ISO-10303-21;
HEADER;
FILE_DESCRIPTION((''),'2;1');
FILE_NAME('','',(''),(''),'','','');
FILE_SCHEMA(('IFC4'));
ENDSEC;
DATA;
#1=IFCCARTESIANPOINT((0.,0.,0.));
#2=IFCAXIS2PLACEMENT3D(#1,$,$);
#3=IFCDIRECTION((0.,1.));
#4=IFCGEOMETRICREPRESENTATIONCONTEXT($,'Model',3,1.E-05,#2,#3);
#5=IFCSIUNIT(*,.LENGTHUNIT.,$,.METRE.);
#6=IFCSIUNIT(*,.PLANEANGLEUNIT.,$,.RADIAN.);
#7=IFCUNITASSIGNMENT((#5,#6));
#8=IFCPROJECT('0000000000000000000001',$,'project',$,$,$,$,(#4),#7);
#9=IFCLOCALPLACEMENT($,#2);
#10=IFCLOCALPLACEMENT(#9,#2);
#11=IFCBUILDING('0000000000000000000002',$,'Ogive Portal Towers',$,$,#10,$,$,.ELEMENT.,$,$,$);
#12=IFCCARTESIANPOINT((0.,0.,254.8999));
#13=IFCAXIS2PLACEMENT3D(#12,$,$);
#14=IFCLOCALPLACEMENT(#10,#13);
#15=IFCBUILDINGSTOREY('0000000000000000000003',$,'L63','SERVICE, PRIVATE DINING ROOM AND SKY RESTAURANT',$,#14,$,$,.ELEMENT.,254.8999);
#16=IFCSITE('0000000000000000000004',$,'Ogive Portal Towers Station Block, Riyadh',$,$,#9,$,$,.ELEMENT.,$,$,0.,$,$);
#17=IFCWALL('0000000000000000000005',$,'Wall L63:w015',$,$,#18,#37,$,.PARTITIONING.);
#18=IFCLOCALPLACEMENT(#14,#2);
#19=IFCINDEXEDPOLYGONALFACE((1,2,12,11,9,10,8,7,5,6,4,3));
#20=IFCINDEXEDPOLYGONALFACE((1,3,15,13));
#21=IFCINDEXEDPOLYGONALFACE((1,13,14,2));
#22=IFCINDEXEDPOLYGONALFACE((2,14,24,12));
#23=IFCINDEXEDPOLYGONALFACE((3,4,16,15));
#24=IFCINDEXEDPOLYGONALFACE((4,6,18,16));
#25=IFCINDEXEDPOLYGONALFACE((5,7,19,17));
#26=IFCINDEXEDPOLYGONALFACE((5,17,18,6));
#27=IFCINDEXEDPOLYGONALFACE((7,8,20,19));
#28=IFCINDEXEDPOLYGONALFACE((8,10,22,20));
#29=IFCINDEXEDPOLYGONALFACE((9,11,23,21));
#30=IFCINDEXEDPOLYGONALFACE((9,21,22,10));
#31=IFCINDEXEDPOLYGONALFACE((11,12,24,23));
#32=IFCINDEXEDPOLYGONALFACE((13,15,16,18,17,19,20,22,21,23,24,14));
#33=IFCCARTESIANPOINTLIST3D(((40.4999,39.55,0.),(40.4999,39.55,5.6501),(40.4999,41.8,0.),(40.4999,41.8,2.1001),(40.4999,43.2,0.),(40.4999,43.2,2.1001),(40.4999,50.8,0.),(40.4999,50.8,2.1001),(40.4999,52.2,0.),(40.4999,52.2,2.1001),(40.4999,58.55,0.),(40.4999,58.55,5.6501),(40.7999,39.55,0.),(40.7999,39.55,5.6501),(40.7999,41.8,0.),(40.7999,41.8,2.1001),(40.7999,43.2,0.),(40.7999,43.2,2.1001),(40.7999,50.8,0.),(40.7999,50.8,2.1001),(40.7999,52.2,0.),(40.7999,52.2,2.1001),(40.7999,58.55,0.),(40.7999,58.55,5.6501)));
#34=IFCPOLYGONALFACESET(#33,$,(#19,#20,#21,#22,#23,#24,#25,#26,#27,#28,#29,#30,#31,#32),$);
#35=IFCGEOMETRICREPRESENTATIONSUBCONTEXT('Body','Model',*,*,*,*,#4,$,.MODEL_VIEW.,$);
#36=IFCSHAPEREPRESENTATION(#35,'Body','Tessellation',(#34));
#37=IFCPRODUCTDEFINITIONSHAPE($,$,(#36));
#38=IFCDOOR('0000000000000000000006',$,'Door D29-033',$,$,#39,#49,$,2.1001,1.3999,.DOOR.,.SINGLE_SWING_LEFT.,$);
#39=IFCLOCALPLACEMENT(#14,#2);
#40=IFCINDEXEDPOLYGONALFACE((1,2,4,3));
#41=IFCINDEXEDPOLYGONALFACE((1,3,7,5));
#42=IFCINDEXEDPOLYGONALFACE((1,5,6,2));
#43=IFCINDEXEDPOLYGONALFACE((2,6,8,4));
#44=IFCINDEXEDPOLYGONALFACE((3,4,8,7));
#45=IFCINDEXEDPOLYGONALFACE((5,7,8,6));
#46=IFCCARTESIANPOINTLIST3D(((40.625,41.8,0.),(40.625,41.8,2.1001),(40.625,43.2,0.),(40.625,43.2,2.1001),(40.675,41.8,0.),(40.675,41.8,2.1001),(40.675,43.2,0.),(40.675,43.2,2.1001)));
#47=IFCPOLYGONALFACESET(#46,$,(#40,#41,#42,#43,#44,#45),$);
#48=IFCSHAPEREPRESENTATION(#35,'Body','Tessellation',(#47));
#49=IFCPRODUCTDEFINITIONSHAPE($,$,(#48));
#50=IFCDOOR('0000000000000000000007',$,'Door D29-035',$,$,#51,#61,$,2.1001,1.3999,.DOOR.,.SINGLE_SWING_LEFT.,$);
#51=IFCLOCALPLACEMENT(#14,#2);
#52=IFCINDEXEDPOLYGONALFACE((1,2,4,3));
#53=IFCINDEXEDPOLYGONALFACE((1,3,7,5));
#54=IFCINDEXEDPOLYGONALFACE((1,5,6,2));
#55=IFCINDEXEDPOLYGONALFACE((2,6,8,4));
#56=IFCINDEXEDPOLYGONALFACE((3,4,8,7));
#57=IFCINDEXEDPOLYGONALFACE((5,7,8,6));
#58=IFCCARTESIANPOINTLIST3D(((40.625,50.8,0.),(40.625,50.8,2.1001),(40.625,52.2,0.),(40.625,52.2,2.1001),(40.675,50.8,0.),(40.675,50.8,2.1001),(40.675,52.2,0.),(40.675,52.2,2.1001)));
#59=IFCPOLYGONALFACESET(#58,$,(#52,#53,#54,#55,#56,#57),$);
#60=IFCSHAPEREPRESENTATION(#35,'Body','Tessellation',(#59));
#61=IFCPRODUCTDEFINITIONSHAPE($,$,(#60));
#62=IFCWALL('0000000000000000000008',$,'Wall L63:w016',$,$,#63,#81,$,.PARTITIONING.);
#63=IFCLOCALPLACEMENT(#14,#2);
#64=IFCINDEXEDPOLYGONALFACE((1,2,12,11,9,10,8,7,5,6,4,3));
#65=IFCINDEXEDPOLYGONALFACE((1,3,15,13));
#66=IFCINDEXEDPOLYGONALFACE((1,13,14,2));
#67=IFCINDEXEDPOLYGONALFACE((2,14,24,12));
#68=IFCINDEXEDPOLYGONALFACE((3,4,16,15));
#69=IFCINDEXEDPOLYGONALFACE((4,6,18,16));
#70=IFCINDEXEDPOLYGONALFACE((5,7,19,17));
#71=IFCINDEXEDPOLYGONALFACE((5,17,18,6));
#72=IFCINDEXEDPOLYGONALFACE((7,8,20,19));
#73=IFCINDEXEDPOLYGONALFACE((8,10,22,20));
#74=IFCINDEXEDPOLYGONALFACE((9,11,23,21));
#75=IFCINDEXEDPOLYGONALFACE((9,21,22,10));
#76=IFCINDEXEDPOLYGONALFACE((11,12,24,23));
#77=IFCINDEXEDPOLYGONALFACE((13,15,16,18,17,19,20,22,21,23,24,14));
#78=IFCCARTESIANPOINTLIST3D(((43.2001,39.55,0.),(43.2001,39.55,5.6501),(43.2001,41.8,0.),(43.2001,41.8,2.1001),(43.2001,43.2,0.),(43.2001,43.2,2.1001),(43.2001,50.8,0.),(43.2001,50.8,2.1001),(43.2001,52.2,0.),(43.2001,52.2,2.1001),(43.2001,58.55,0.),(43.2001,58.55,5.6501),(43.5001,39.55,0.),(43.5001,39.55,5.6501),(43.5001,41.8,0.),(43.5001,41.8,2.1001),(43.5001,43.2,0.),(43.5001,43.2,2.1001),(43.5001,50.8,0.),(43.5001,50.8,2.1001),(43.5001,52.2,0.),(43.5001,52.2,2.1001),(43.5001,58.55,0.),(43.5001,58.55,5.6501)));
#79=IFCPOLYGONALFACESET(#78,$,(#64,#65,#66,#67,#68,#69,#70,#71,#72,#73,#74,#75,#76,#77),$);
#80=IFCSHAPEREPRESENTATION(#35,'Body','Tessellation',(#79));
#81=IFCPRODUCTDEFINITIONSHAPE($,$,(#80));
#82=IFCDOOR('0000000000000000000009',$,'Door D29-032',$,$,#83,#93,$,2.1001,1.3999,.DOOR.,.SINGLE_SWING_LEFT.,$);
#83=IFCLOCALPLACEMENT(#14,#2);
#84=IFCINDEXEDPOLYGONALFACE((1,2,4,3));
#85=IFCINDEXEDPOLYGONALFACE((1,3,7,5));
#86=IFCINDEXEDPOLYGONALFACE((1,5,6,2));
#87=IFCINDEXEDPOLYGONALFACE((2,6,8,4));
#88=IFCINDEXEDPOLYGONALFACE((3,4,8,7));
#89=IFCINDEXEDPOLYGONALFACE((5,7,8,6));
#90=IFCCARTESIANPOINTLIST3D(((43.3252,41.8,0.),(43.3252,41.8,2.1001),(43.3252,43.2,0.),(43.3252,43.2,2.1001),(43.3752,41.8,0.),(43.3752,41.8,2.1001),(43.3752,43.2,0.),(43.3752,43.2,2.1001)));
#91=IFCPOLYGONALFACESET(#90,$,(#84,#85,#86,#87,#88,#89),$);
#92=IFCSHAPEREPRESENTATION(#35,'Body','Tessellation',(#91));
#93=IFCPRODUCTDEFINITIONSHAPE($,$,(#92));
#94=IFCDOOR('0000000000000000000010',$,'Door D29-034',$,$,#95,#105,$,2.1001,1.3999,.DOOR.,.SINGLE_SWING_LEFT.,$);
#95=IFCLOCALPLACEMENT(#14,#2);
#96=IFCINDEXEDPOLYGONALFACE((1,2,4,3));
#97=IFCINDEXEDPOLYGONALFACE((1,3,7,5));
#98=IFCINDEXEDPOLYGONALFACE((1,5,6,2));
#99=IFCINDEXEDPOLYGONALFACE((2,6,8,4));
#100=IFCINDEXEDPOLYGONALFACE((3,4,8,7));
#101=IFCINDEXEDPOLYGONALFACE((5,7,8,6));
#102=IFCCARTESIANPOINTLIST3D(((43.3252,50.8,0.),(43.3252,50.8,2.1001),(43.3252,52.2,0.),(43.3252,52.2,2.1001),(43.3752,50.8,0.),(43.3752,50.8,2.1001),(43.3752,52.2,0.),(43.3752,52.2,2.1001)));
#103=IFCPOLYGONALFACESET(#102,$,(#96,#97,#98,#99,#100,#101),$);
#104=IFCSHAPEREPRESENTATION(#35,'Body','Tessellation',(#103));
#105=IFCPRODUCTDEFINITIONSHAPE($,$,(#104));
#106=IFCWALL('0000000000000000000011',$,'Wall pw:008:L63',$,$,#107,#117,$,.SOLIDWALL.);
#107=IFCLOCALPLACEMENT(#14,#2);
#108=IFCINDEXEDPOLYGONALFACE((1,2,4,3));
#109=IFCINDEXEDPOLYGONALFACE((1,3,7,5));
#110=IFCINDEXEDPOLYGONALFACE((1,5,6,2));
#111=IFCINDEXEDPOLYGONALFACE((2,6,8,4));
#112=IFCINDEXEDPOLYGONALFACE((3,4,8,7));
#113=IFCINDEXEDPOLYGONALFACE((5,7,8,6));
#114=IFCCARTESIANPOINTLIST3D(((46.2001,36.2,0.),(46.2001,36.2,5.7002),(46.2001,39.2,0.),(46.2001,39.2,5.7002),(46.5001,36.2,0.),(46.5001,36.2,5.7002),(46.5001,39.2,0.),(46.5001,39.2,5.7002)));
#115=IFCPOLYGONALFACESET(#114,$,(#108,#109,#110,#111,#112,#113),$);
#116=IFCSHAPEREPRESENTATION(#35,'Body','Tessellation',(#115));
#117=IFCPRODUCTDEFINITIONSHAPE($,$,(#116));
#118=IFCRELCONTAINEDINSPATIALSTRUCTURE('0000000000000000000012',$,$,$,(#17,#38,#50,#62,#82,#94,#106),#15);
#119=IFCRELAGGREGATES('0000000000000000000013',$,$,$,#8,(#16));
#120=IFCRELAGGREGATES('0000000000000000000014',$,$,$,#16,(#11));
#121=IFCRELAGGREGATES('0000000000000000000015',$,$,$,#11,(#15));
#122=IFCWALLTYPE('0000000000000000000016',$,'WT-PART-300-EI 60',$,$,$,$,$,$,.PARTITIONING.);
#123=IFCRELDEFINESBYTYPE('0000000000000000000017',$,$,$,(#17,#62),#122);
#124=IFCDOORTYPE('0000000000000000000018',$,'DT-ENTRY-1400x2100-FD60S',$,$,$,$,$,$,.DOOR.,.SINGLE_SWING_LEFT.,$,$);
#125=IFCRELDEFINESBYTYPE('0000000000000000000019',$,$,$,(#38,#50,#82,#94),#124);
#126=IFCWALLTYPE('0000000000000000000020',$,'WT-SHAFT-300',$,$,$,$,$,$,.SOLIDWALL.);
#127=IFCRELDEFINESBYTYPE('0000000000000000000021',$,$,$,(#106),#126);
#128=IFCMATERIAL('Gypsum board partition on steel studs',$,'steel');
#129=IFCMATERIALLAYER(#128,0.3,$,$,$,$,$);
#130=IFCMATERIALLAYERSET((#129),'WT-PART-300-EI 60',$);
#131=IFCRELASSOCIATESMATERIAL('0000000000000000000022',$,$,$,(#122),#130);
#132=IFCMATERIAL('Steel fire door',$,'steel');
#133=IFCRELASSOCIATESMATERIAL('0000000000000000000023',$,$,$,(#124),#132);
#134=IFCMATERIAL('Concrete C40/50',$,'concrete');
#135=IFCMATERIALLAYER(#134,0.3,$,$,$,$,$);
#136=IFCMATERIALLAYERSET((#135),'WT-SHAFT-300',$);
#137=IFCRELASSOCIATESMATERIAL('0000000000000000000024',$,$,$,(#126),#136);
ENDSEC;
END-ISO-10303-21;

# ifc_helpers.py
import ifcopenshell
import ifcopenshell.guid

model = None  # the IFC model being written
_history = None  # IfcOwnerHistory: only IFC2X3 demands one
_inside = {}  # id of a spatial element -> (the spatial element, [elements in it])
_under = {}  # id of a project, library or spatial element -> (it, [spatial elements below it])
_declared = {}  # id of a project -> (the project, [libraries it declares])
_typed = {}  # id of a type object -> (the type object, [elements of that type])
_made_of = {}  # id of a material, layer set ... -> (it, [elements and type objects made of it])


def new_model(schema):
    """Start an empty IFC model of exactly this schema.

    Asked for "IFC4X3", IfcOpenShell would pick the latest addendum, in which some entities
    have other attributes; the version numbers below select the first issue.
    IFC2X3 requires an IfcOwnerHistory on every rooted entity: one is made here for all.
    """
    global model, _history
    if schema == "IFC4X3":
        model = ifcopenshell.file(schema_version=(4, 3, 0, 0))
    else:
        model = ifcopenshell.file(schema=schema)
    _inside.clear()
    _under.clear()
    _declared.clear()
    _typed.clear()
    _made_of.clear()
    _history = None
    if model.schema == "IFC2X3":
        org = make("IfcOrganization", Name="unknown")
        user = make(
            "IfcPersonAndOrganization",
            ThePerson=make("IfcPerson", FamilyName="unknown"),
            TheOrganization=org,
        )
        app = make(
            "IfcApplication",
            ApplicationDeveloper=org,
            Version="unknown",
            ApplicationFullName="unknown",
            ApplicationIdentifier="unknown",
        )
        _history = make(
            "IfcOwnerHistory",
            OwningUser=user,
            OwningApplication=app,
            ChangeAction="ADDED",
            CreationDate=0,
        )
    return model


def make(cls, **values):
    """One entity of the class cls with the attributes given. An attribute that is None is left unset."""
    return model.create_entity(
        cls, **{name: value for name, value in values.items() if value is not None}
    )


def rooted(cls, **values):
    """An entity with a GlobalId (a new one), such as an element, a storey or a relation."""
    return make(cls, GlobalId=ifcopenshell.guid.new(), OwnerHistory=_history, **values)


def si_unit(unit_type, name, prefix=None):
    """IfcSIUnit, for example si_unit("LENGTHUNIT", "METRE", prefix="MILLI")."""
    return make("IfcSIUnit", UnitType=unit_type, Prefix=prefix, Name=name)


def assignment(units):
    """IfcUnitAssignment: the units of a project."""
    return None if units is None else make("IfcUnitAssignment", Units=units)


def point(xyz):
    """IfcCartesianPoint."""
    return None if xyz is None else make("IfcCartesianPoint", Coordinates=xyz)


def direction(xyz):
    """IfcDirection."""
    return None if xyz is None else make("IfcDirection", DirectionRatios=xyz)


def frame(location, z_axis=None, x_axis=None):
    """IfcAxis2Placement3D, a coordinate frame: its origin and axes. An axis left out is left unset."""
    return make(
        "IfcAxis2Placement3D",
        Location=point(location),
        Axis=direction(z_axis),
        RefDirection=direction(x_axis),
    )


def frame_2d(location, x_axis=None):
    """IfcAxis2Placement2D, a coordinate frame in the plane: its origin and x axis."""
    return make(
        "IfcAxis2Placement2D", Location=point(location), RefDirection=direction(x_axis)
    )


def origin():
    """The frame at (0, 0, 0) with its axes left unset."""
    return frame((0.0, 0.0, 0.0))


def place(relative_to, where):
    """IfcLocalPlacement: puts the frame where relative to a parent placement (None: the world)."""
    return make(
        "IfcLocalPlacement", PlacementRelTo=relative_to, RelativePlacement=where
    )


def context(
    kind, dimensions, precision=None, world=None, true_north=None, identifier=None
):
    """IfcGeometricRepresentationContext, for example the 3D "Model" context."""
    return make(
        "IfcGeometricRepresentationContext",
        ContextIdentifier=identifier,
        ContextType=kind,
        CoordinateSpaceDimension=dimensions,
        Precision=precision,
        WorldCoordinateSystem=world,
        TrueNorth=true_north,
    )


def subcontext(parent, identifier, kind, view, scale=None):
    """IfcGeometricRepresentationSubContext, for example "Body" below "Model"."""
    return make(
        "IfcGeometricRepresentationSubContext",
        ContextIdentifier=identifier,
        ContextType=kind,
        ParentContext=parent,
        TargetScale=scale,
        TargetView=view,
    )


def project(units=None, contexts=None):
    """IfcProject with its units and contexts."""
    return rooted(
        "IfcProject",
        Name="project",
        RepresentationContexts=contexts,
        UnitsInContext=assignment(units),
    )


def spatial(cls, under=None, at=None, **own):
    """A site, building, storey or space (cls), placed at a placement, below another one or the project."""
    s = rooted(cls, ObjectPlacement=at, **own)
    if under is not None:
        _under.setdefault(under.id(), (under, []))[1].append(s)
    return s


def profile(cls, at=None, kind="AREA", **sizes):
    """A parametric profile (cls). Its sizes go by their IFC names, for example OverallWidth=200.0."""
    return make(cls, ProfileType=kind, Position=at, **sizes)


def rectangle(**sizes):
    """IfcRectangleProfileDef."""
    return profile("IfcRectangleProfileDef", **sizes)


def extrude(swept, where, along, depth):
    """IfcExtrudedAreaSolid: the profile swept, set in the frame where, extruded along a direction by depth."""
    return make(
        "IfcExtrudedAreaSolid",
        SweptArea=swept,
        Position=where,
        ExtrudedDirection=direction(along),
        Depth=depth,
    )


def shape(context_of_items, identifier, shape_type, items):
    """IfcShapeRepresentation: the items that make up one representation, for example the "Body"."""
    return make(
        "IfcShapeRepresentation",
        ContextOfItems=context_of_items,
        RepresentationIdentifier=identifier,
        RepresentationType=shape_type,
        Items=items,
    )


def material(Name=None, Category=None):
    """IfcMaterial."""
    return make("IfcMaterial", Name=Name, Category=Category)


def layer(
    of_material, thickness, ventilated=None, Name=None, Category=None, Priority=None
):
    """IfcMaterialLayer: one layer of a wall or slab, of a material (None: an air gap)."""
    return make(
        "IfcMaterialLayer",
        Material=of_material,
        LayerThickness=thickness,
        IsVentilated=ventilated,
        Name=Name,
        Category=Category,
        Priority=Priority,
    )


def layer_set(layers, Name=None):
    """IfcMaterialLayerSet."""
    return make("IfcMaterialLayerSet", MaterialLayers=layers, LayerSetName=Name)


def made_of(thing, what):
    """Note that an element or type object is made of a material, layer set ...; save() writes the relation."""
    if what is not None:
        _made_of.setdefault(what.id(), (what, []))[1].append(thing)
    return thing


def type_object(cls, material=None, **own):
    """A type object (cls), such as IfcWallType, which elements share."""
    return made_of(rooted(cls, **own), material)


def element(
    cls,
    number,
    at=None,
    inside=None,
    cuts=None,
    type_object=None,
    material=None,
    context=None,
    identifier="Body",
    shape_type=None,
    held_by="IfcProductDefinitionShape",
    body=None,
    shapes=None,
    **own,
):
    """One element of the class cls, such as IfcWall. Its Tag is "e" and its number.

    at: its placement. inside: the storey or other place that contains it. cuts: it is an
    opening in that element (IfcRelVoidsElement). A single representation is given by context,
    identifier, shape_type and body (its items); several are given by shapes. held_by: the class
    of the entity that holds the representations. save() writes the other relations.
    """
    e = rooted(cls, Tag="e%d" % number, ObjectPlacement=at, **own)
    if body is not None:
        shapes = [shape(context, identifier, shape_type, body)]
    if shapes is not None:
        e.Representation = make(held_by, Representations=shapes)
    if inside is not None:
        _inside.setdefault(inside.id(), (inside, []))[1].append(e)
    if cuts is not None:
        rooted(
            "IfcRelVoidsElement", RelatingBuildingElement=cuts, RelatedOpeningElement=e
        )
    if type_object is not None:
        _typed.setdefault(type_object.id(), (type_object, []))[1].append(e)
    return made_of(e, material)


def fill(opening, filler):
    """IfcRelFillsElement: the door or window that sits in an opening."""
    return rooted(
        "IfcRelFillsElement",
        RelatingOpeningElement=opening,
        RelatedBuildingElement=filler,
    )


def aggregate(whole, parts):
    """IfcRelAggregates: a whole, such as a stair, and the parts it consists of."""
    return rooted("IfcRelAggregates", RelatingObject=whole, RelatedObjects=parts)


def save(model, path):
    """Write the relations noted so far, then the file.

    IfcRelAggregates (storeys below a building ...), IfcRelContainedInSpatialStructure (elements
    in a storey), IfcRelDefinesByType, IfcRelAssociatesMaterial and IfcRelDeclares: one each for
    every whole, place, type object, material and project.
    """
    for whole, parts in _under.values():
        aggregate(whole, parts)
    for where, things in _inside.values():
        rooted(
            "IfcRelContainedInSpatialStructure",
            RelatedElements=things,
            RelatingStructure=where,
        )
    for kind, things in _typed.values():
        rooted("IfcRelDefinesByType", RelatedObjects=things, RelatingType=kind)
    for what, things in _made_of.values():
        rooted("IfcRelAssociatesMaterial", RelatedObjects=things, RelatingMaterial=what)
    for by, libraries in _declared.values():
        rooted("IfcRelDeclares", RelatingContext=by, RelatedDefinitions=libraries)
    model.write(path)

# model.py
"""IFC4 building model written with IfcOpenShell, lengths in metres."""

from ifc_helpers import new_model, si_unit, direction, frame, frame_2d, origin, place, context, subcontext, project, spatial, rectangle, extrude, material, layer, layer_set, type_object, element, fill, save


model = new_model("IFC4")

# Units and contexts
model_context = context("Model", 3, precision=1e-05, world=origin(), true_north=direction((0.0, 1.0)))
body_context = subcontext(model_context, "Body", "Model", "MODEL_VIEW")
ifc_project = project(units=[si_unit("LENGTHUNIT", "METRE"), si_unit("PLANEANGLEUNIT", "RADIAN")], contexts=[model_context])

# Site, building, storey
site_placement = place(None, origin())
site = spatial("IfcSite", under=ifc_project, at=site_placement, Name="Ogive Portal Towers Station Block, Riyadh", CompositionType="ELEMENT", RefElevation=0.0)
building_placement = place(site_placement, origin())
building = spatial("IfcBuilding", under=site, at=building_placement, Name="Ogive Portal Towers", CompositionType="ELEMENT")
storey_placement = place(building_placement, frame((0.0, 0.0, 254.8999)))
storey = spatial("IfcBuildingStorey", under=building, at=storey_placement, Name="L63", Description="SERVICE, PRIVATE DINING ROOM AND SKY RESTAURANT", CompositionType="ELEMENT", Elevation=254.8999)

# Shared definitions
ifc_material_1 = material(Name="Steel fire door", Category="steel")

# Shared definitions
ifc_material_2 = material(Name="Gypsum board partition on steel studs", Category="steel")
ifc_layer_1 = layer(ifc_material_2, 0.3)
ifc_layer_set_1 = layer_set([ifc_layer_1], Name="WT-PART-300-EI 60")
wall_type_1 = type_object("IfcWallType", Name="WT-PART-300-EI 60", PredefinedType="PARTITIONING", material=ifc_layer_set_1)

# Walls, openings, doors
wall_1_placement = place(storey_placement, frame((40.6499, 39.55, 0.0), z_axis=(0.0, 0.0, 1.0), x_axis=(0.0, 1.0, 0.0)))
wall_1 = element("IfcWall", 1, at=wall_1_placement, inside=storey, type_object=wall_type_1, Name="Wall L63:w015", PredefinedType="PARTITIONING", context=body_context, shape_type="SweptSolid", body=[
    extrude(rectangle(XDim=19.0, YDim=0.3, at=frame_2d((9.5, 0.0))), origin(), (0.0, 0.0, 1.0), 5.6501),
])
opening_1_placement = place(wall_1_placement, frame((2.25, 0.0, 0.0)))
opening_1 = element("IfcOpeningElement", 2, at=opening_1_placement, cuts=wall_1, PredefinedType="OPENING", context=body_context, shape_type="SweptSolid", body=[
    extrude(rectangle(XDim=1.3999, YDim=2.1001, at=frame_2d((0.7, 1.05))), frame((0.0, 0.1602, 0.0), z_axis=(0.0, -1.0, 0.0), x_axis=(1.0, 0.0, 0.0)), (0.0, 0.0, 1.0), 0.3201),
])
opening_2_placement = place(wall_1_placement, frame((11.25, 0.0, 0.0)))
opening_2 = element("IfcOpeningElement", 3, at=opening_2_placement, cuts=wall_1, PredefinedType="OPENING", context=body_context, shape_type="SweptSolid", body=[
    extrude(rectangle(XDim=1.3999, YDim=2.1001, at=frame_2d((0.7, 1.05))), frame((0.0, 0.1602, 0.0), z_axis=(0.0, -1.0, 0.0), x_axis=(1.0, 0.0, 0.0)), (0.0, 0.0, 1.0), 0.3201),
])
door_type_1 = type_object("IfcDoorType", Name="DT-ENTRY-1400x2100-FD60S", OperationType="SINGLE_SWING_LEFT", PredefinedType="DOOR", material=ifc_material_1)
door_1_placement = place(opening_1_placement, origin())
door_1 = element("IfcDoor", 4, at=door_1_placement, inside=storey, type_object=door_type_1, Name="Door D29-033", OperationType="SINGLE_SWING_LEFT", OverallHeight=2.1001, OverallWidth=1.3999, PredefinedType="DOOR", context=body_context, shape_type="SweptSolid", body=[
    extrude(rectangle(XDim=1.3999, YDim=2.1001, at=frame_2d((0.7, 1.05))), frame((0.0, 0.0249, 0.0), z_axis=(0.0, -1.0, 0.0), x_axis=(1.0, 0.0, 0.0)), (0.0, 0.0, 1.0), 0.05),
])
fill(opening_1, door_1)
door_2_placement = place(opening_2_placement, origin())
door_2 = element("IfcDoor", 5, at=door_2_placement, inside=storey, type_object=door_type_1, Name="Door D29-035", OperationType="SINGLE_SWING_LEFT", OverallHeight=2.1001, OverallWidth=1.3999, PredefinedType="DOOR", context=body_context, shape_type="SweptSolid", body=[
    extrude(rectangle(XDim=1.3999, YDim=2.1001, at=frame_2d((0.7, 1.05))), frame((0.0, 0.0249, 0.0), z_axis=(0.0, -1.0, 0.0), x_axis=(1.0, 0.0, 0.0)), (0.0, 0.0, 1.0), 0.05),
])
fill(opening_2, door_2)
wall_2_placement = place(storey_placement, frame((43.3501, 39.55, 0.0), z_axis=(0.0, 0.0, 1.0), x_axis=(0.0, 1.0, 0.0)))
wall_2 = element("IfcWall", 6, at=wall_2_placement, inside=storey, type_object=wall_type_1, Name="Wall L63:w016", PredefinedType="PARTITIONING", context=body_context, shape_type="SweptSolid", body=[
    extrude(rectangle(XDim=19.0, YDim=0.3, at=frame_2d((9.5, 0.0))), origin(), (0.0, 0.0, 1.0), 5.6501),
])
opening_3_placement = place(wall_2_placement, frame((2.25, 0.0, 0.0)))
opening_3 = element("IfcOpeningElement", 7, at=opening_3_placement, cuts=wall_2, PredefinedType="OPENING", context=body_context, shape_type="SweptSolid", body=[
    extrude(rectangle(XDim=1.3999, YDim=2.1001, at=frame_2d((0.7, 1.05))), frame((0.0, 0.1602, 0.0), z_axis=(0.0, -1.0, 0.0), x_axis=(1.0, 0.0, 0.0)), (0.0, 0.0, 1.0), 0.3201),
])
opening_4_placement = place(wall_2_placement, frame((11.25, 0.0, 0.0)))
opening_4 = element("IfcOpeningElement", 8, at=opening_4_placement, cuts=wall_2, PredefinedType="OPENING", context=body_context, shape_type="SweptSolid", body=[
    extrude(rectangle(XDim=1.3999, YDim=2.1001, at=frame_2d((0.7, 1.05))), frame((0.0, 0.1602, 0.0), z_axis=(0.0, -1.0, 0.0), x_axis=(1.0, 0.0, 0.0)), (0.0, 0.0, 1.0), 0.3201),
])
door_3_placement = place(opening_3_placement, origin())
door_3 = element("IfcDoor", 9, at=door_3_placement, inside=storey, type_object=door_type_1, Name="Door D29-032", OperationType="SINGLE_SWING_LEFT", OverallHeight=2.1001, OverallWidth=1.3999, PredefinedType="DOOR", context=body_context, shape_type="SweptSolid", body=[
    extrude(rectangle(XDim=1.3999, YDim=2.1001, at=frame_2d((0.7, 1.05))), frame((0.0, 0.0249, 0.0), z_axis=(0.0, -1.0, 0.0), x_axis=(1.0, 0.0, 0.0)), (0.0, 0.0, 1.0), 0.05),
])
fill(opening_3, door_3)
door_4_placement = place(opening_4_placement, origin())
door_4 = element("IfcDoor", 10, at=door_4_placement, inside=storey, type_object=door_type_1, Name="Door D29-034", OperationType="SINGLE_SWING_LEFT", OverallHeight=2.1001, OverallWidth=1.3999, PredefinedType="DOOR", context=body_context, shape_type="SweptSolid", body=[
    extrude(rectangle(XDim=1.3999, YDim=2.1001, at=frame_2d((0.7, 1.05))), frame((0.0, 0.0249, 0.0), z_axis=(0.0, -1.0, 0.0), x_axis=(1.0, 0.0, 0.0)), (0.0, 0.0, 1.0), 0.05),
])
fill(opening_4, door_4)

# Wall
ifc_material_3 = material(Name="Concrete C40/50", Category="concrete")
ifc_layer_2 = layer(ifc_material_3, 0.3)
ifc_layer_set_2 = layer_set([ifc_layer_2], Name="WT-SHAFT-300")
wall_type_2 = type_object("IfcWallType", Name="WT-SHAFT-300", PredefinedType="SOLIDWALL", material=ifc_layer_set_2)
wall_3_placement = place(storey_placement, frame((46.3501, 36.2, 0.0), z_axis=(0.0, 0.0, 1.0), x_axis=(0.0, 1.0, 0.0)))
element("IfcWall", 11, at=wall_3_placement, inside=storey, type_object=wall_type_2, Name="Wall pw:008:L63", PredefinedType="SOLIDWALL", context=body_context, shape_type="SweptSolid", body=[
    extrude(rectangle(XDim=3.0, YDim=0.3, at=frame_2d((1.5, 0.0))), origin(), (0.0, 0.0, 1.0), 5.7002),
])

save(model, "model.ifc")
